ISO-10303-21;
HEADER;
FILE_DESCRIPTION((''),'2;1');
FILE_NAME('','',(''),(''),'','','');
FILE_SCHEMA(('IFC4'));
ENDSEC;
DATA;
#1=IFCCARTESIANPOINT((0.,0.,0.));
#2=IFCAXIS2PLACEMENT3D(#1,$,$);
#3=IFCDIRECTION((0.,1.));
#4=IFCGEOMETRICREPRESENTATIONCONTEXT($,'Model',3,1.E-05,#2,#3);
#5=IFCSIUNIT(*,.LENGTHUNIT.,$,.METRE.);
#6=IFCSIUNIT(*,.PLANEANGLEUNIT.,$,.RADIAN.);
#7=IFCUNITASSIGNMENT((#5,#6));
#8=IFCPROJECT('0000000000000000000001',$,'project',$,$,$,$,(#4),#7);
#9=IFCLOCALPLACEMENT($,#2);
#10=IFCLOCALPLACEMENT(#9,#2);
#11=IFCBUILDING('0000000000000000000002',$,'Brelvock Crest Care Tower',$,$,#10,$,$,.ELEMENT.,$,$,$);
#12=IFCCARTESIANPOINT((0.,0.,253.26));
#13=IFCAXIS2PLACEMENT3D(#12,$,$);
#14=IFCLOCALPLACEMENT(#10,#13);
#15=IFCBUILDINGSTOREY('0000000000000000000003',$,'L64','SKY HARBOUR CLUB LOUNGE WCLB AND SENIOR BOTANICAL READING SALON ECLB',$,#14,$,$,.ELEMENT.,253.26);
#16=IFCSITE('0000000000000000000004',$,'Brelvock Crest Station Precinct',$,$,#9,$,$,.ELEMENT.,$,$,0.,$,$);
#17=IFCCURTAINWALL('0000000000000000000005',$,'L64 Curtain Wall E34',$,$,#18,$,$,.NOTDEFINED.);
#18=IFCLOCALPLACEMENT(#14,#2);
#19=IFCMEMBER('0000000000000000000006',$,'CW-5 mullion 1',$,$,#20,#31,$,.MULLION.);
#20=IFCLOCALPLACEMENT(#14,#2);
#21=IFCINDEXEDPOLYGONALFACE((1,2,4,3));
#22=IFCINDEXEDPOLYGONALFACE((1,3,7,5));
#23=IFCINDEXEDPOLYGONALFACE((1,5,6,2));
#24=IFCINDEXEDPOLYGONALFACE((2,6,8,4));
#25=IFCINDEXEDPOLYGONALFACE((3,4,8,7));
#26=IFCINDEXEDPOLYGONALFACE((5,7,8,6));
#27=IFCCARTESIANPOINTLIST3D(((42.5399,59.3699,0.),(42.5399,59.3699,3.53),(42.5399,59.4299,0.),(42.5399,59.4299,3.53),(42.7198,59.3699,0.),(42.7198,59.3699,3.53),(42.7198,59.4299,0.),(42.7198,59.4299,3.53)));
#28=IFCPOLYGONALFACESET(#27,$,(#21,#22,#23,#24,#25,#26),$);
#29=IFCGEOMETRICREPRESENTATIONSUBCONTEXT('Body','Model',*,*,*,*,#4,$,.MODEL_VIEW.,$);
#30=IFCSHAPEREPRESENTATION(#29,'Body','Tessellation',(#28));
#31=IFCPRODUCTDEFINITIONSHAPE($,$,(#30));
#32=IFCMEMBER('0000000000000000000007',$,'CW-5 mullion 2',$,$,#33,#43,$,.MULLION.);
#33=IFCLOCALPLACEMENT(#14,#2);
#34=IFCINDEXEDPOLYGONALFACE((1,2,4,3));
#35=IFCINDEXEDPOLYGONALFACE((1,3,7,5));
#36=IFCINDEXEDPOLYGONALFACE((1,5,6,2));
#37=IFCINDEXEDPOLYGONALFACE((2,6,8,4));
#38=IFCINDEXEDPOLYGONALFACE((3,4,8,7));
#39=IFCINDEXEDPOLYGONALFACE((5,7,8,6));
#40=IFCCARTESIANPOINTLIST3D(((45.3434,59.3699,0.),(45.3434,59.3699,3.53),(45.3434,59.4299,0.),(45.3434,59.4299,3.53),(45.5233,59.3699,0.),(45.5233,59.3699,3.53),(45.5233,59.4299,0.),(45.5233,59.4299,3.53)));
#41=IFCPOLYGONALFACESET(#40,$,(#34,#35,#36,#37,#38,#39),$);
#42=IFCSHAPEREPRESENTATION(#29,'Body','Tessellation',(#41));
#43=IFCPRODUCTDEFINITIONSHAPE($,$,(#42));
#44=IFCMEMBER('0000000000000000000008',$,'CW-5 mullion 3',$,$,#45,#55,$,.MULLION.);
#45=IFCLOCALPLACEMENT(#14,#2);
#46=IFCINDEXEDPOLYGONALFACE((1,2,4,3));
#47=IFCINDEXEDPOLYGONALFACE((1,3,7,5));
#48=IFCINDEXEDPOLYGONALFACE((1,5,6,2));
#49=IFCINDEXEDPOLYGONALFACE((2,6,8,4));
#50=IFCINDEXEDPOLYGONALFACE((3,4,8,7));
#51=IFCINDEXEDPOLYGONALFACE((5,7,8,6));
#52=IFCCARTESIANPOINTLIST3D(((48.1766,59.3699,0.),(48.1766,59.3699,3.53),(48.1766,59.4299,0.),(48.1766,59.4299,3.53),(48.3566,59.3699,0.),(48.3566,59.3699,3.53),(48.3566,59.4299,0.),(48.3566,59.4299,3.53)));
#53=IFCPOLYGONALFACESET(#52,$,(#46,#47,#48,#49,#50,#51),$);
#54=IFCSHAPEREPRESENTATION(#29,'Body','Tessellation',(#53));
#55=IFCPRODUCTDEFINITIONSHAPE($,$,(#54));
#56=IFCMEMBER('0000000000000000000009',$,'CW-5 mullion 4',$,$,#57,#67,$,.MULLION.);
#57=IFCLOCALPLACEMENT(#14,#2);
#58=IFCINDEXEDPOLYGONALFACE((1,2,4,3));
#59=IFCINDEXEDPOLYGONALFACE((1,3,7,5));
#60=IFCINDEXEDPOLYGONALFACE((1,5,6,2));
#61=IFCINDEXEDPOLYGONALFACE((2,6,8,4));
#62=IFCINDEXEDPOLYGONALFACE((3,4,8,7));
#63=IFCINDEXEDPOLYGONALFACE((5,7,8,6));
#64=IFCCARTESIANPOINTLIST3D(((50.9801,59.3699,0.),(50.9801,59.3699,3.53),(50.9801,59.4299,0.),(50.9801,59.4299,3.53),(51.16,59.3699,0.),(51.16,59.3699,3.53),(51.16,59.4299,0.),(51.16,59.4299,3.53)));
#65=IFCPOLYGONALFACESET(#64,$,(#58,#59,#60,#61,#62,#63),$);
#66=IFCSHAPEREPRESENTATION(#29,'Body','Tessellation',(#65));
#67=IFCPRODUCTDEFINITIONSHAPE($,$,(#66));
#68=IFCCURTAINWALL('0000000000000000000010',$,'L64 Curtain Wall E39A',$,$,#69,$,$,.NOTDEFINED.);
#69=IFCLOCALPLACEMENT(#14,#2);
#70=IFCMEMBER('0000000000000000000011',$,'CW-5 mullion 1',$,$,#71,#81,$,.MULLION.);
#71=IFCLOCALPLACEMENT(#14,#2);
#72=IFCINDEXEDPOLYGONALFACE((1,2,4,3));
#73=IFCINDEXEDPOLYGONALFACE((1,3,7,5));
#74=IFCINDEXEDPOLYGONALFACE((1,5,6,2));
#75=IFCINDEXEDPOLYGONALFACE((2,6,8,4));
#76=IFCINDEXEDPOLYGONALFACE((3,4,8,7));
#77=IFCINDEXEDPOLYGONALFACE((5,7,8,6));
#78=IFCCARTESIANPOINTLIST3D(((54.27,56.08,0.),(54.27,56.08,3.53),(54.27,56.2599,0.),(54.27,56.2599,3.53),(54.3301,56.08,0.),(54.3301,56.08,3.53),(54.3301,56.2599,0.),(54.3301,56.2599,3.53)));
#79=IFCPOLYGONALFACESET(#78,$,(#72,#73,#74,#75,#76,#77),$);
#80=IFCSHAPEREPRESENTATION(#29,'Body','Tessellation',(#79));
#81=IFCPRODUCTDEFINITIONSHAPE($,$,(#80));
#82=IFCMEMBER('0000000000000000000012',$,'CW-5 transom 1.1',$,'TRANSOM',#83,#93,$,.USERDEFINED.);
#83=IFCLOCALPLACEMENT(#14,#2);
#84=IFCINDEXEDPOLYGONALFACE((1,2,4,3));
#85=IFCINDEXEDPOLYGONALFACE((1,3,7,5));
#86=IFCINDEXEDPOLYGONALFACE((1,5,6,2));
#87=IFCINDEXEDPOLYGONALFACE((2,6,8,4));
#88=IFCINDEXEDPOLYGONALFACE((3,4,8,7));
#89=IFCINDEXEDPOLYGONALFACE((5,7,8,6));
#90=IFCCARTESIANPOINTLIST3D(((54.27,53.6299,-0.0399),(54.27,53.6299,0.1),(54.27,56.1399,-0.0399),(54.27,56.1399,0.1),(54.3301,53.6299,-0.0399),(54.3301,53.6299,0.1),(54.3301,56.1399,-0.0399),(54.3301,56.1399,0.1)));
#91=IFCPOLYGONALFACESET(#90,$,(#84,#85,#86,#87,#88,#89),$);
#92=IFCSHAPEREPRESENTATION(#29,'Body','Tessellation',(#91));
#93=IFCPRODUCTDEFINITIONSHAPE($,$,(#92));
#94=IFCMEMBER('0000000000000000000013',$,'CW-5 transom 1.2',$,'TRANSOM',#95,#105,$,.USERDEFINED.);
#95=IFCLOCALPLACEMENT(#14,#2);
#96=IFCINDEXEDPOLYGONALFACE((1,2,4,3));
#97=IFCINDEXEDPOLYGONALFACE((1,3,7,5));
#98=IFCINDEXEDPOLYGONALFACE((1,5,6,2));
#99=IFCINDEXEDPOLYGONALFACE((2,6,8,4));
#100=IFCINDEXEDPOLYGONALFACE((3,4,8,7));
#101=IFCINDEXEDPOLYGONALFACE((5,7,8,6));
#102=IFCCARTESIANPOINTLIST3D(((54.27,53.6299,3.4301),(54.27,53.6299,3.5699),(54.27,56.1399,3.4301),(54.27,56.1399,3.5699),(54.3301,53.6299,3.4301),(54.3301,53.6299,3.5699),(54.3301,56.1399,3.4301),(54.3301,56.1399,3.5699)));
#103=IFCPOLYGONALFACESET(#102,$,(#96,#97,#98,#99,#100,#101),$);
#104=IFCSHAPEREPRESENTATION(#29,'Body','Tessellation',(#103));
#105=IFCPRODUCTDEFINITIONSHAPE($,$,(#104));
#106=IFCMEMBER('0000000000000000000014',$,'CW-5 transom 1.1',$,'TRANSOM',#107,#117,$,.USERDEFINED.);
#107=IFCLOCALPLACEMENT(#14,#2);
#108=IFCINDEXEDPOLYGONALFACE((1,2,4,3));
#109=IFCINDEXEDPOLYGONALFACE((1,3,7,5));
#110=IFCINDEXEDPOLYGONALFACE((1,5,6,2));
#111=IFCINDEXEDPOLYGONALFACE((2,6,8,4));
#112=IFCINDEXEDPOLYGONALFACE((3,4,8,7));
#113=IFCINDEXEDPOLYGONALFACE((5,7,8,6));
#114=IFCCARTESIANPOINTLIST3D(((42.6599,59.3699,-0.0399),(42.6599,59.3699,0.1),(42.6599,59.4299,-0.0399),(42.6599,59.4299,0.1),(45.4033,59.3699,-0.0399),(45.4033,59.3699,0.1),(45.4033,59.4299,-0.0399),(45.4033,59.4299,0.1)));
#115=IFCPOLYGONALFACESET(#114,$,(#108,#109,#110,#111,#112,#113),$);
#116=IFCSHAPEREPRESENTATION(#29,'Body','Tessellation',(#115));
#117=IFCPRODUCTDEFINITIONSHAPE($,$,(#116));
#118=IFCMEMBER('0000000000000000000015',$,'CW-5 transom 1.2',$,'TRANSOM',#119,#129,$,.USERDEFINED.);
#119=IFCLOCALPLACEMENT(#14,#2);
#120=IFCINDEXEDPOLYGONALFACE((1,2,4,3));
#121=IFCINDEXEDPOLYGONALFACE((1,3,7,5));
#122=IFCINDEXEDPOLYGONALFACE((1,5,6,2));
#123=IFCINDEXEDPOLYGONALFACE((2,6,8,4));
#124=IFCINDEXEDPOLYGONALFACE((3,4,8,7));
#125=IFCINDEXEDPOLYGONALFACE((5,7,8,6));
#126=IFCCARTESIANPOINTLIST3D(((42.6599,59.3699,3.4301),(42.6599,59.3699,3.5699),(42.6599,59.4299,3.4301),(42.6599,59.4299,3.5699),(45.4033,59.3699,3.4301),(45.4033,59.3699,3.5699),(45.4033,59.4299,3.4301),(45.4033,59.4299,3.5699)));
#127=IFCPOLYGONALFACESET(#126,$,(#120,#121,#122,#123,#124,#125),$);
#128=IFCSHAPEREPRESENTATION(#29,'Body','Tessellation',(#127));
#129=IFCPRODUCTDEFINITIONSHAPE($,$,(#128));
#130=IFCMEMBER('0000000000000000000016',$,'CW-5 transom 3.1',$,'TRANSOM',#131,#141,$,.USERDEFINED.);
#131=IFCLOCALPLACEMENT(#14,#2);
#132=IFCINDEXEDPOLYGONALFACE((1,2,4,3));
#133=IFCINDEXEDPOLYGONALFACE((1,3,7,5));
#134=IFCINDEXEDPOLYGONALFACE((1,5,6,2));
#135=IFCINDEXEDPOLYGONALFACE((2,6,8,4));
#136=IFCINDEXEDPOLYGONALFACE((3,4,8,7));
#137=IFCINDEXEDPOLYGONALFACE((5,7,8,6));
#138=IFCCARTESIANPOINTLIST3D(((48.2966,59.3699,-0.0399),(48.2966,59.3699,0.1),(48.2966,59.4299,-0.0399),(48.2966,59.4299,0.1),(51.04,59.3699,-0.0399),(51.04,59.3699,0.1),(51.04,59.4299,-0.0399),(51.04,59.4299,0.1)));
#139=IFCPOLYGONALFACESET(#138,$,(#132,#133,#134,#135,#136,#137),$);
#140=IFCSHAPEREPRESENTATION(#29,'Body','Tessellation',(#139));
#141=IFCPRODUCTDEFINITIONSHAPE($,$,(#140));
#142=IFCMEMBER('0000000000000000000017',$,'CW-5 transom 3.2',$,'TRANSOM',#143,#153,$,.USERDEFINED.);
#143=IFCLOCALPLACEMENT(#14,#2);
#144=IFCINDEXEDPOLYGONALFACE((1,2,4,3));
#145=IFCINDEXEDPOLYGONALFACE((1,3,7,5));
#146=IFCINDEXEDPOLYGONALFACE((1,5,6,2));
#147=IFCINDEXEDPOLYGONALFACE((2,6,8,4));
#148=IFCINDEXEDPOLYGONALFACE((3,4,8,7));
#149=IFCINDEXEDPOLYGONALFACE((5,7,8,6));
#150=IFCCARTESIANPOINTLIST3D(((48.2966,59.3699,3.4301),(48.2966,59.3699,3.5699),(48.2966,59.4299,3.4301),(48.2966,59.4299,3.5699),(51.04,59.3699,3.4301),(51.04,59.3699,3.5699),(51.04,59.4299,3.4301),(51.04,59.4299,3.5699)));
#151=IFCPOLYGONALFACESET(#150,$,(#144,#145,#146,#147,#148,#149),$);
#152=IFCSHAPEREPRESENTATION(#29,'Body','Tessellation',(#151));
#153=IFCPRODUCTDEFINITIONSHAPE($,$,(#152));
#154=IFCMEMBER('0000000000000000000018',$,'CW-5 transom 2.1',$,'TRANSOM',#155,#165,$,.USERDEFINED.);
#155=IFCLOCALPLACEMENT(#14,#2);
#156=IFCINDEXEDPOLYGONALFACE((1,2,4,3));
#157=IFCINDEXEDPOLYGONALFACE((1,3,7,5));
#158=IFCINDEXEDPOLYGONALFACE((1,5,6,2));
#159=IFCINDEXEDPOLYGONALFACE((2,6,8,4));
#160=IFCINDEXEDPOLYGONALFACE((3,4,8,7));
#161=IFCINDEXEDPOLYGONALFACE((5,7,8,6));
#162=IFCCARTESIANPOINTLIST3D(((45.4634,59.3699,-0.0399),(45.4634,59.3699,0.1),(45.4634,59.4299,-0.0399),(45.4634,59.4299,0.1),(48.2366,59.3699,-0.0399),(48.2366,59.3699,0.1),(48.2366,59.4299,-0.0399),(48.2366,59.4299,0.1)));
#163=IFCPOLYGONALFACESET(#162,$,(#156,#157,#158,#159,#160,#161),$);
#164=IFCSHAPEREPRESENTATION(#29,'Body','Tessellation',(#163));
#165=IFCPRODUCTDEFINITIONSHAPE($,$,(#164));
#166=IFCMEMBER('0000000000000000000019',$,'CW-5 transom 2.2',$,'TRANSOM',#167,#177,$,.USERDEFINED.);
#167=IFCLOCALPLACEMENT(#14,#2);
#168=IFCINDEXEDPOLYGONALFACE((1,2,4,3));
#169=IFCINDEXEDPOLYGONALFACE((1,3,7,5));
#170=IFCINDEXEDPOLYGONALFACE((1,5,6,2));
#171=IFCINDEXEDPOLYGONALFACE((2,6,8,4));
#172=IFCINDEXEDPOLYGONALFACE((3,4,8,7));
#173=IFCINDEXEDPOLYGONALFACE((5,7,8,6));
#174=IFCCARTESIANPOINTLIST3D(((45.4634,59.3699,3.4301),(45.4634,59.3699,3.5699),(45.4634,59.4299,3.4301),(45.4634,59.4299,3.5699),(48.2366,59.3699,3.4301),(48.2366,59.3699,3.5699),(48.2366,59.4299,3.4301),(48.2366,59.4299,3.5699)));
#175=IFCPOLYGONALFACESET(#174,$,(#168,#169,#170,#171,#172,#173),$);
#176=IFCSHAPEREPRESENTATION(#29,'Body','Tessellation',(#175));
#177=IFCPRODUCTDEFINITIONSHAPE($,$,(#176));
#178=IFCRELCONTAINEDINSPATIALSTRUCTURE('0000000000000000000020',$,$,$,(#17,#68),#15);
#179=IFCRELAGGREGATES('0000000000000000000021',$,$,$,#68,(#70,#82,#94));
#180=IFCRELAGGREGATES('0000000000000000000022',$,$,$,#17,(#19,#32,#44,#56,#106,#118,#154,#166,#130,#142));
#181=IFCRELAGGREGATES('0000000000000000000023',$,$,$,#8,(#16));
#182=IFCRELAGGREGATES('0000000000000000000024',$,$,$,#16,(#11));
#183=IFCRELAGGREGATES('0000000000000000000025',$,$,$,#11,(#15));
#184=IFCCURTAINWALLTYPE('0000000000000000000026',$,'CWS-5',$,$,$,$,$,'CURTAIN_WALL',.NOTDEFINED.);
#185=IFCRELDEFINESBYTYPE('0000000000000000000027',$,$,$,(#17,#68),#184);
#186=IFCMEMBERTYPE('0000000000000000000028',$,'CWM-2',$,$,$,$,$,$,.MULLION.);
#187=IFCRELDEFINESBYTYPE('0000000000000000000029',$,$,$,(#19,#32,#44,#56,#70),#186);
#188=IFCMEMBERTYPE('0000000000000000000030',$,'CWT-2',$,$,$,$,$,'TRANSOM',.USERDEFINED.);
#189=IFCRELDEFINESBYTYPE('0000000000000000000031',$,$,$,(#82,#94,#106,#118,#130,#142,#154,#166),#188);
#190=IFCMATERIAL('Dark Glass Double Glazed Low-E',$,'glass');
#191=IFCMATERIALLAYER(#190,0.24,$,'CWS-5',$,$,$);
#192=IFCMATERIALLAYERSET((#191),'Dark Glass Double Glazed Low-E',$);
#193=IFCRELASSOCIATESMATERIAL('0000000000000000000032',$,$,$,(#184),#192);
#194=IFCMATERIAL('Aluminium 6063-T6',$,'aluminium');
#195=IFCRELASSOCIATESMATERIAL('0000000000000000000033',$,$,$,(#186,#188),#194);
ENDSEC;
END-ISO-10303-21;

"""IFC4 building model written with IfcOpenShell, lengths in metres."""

from ifc_helpers import new_model, si_unit, direction, frame, origin, origin_2d, place, context, subcontext, project, spatial, rectangle, extrude, source, transform, mapped, material, layer, layer_set, material_profile, profile_set, type_object, element, aggregate, save


model = new_model("IFC4")

# Units and contexts
model_context = context("Model", 3, precision=1e-05, world=origin(), true_north=direction((0.0, 1.0)))
body_context = subcontext(model_context, "Body", "Model", "MODEL_VIEW")
ifc_project = project(units=[si_unit("LENGTHUNIT", "METRE"), si_unit("PLANEANGLEUNIT", "RADIAN")], contexts=[model_context])

# Site, building, storey
site_placement = place(None, origin())
site = spatial("IfcSite", under=ifc_project, at=site_placement, Name="Brelvock Crest Station Precinct", CompositionType="ELEMENT", RefElevation=0.0)
building_placement = place(site_placement, origin())
building = spatial("IfcBuilding", under=site, at=building_placement, Name="Brelvock Crest Care Tower", CompositionType="ELEMENT")
storey_placement = place(building_placement, frame((0.0, 0.0, 253.26)))
storey = spatial("IfcBuildingStorey", under=building, at=storey_placement, Name="L64", Description="SKY HARBOUR CLUB LOUNGE WCLB AND SENIOR BOTANICAL READING SALON ECLB", CompositionType="ELEMENT", Elevation=253.26)

# Curtain walls, members
ifc_material_1 = material(Name="Dark Glass Double Glazed Low-E", Category="glass")
ifc_layer_1 = layer(ifc_material_1, 0.24, Name="CWS-5")
ifc_layer_set_1 = layer_set([ifc_layer_1], Name="Dark Glass Double Glazed Low-E")
curtain_wall_type = type_object("IfcCurtainWallType", Name="CWS-5", ElementType="CURTAIN_WALL", PredefinedType="NOTDEFINED", material=ifc_layer_set_1)
curtain_wall_1_placement = place(storey_placement, origin())
curtain_wall_1 = element("IfcCurtainWall", 1, at=curtain_wall_1_placement, inside=storey, type_object=curtain_wall_type, Name="L64 Curtain Wall E34", PredefinedType="NOTDEFINED")
ifc_material_2 = material(Name="Aluminium 6063-T6", Category="aluminium")
ifc_material_profile_1 = material_profile(ifc_material_2, rectangle(XDim=0.0601, YDim=0.1799, at=origin_2d()), Name="ALU60x180")
ifc_profile_set_1 = profile_set([ifc_material_profile_1], Name="Aluminium 6063-T6")
member_type_1 = type_object("IfcMemberType", Name="CWM-2", PredefinedType="MULLION", material=ifc_profile_set_1)
shared_shape_1 = source(origin(), body_context, "Body", "SweptSolid", [
    extrude(rectangle(XDim=0.0601, YDim=0.1799, at=origin_2d()), origin(), (0.0, 0.0, 1.0), 3.53),
])
member_1_placement = place(storey_placement, frame((42.6299, 59.3999, 0.0), z_axis=(0.0, 0.0, 1.0), x_axis=(0.0, 1.0, 0.0)))
member_1 = element("IfcMember", 2, at=member_1_placement, type_object=member_type_1, Name="CW-5 mullion 1", PredefinedType="MULLION", context=body_context, shape_type="MappedRepresentation", body=[
    mapped(shared_shape_1, transform((0.0, 0.0, 0.0), x_axis=(1.0, 0.0, 0.0), y_axis=(0.0, 1.0, 0.0), z_axis=(0.0, 0.0, 1.0), scale=1.0)),
])
member_2_placement = place(storey_placement, frame((45.4333, 59.3999, 0.0), z_axis=(0.0, 0.0, 1.0), x_axis=(0.0, 1.0, 0.0)))
member_2 = element("IfcMember", 3, at=member_2_placement, type_object=member_type_1, Name="CW-5 mullion 2", PredefinedType="MULLION", context=body_context, shape_type="MappedRepresentation", body=[
    mapped(shared_shape_1, transform((0.0, 0.0, 0.0), x_axis=(1.0, 0.0, 0.0), y_axis=(0.0, 1.0, 0.0), z_axis=(0.0, 0.0, 1.0), scale=1.0)),
])
member_3_placement = place(storey_placement, frame((48.2666, 59.3999, 0.0), z_axis=(0.0, 0.0, 1.0), x_axis=(0.0, 1.0, 0.0)))
member_3 = element("IfcMember", 4, at=member_3_placement, type_object=member_type_1, Name="CW-5 mullion 3", PredefinedType="MULLION", context=body_context, shape_type="MappedRepresentation", body=[
    mapped(shared_shape_1, transform((0.0, 0.0, 0.0), x_axis=(1.0, 0.0, 0.0), y_axis=(0.0, 1.0, 0.0), z_axis=(0.0, 0.0, 1.0), scale=1.0)),
])
member_4_placement = place(storey_placement, frame((51.0701, 59.3999, 0.0), z_axis=(0.0, 0.0, 1.0), x_axis=(0.0, 1.0, 0.0)))
member_4 = element("IfcMember", 5, at=member_4_placement, type_object=member_type_1, Name="CW-5 mullion 4", PredefinedType="MULLION", context=body_context, shape_type="MappedRepresentation", body=[
    mapped(shared_shape_1, transform((0.0, 0.0, 0.0), x_axis=(1.0, 0.0, 0.0), y_axis=(0.0, 1.0, 0.0), z_axis=(0.0, 0.0, 1.0), scale=1.0)),
])
curtain_wall_2_placement = place(storey_placement, origin())
curtain_wall_2 = element("IfcCurtainWall", 6, at=curtain_wall_2_placement, inside=storey, type_object=curtain_wall_type, Name="L64 Curtain Wall E39A", PredefinedType="NOTDEFINED")
member_5_placement = place(storey_placement, frame((54.3, 56.1699, 0.0), z_axis=(0.0, 0.0, 1.0), x_axis=(1.0, 0.0, 0.0)))
member_5 = element("IfcMember", 7, at=member_5_placement, type_object=member_type_1, Name="CW-5 mullion 1", PredefinedType="MULLION", context=body_context, shape_type="MappedRepresentation", body=[
    mapped(shared_shape_1, transform((0.0, 0.0, 0.0), x_axis=(1.0, 0.0, 0.0), y_axis=(0.0, 1.0, 0.0), z_axis=(0.0, 0.0, 1.0), scale=1.0)),
])
ifc_material_profile_2 = material_profile(ifc_material_2, rectangle(XDim=0.0601, YDim=0.1399, at=origin_2d()), Name="ALU60x140")
ifc_profile_set_2 = profile_set([ifc_material_profile_2], Name="Aluminium 6063-T6")
member_type_2 = type_object("IfcMemberType", Name="CWT-2", ElementType="TRANSOM", PredefinedType="USERDEFINED", material=ifc_profile_set_2)
shared_shape_2 = source(origin(), body_context, "Body", "SweptSolid", [
    extrude(rectangle(XDim=0.0601, YDim=0.1399, at=origin_2d()), origin(), (0.0, 0.0, 1.0), 2.51),
])
member_6_placement = place(storey_placement, frame((54.3, 56.1399, 0.03), z_axis=(0.0, -1.0, 0.0), x_axis=(1.0, 0.0, 0.0)))
member_6 = element("IfcMember", 8, at=member_6_placement, type_object=member_type_2, Name="CW-5 transom 1.1", ObjectType="TRANSOM", PredefinedType="USERDEFINED", context=body_context, shape_type="MappedRepresentation", body=[
    mapped(shared_shape_2, transform((0.0, 0.0, 0.0), x_axis=(1.0, 0.0, 0.0), y_axis=(0.0, 1.0, 0.0), z_axis=(0.0, 0.0, 1.0), scale=1.0)),
])
member_7_placement = place(storey_placement, frame((54.3, 56.1399, 3.5), z_axis=(0.0, -1.0, 0.0), x_axis=(1.0, 0.0, 0.0)))
member_7 = element("IfcMember", 9, at=member_7_placement, type_object=member_type_2, Name="CW-5 transom 1.2", ObjectType="TRANSOM", PredefinedType="USERDEFINED", context=body_context, shape_type="MappedRepresentation", body=[
    mapped(shared_shape_2, transform((0.0, 0.0, 0.0), x_axis=(1.0, 0.0, 0.0), y_axis=(0.0, 1.0, 0.0), z_axis=(0.0, 0.0, 1.0), scale=1.0)),
])

# Members
shared_shape_3 = source(origin(), body_context, "Body", "SweptSolid", [
    extrude(rectangle(XDim=0.0601, YDim=0.1399, at=origin_2d()), origin(), (0.0, 0.0, 1.0), 2.7434),
])
member_8_placement = place(storey_placement, frame((42.6599, 59.3999, 0.03), z_axis=(1.0, 0.0, 0.0), x_axis=(0.0, 1.0, 0.0)))
member_8 = element("IfcMember", 10, at=member_8_placement, type_object=member_type_2, Name="CW-5 transom 1.1", ObjectType="TRANSOM", PredefinedType="USERDEFINED", context=body_context, shape_type="MappedRepresentation", body=[
    mapped(shared_shape_3, transform((0.0, 0.0, 0.0), x_axis=(1.0, 0.0, 0.0), y_axis=(0.0, 1.0, 0.0), z_axis=(0.0, 0.0, 1.0), scale=1.0)),
])
member_9_placement = place(storey_placement, frame((42.6599, 59.3999, 3.5), z_axis=(1.0, 0.0, 0.0), x_axis=(0.0, 1.0, 0.0)))
member_9 = element("IfcMember", 11, at=member_9_placement, type_object=member_type_2, Name="CW-5 transom 1.2", ObjectType="TRANSOM", PredefinedType="USERDEFINED", context=body_context, shape_type="MappedRepresentation", body=[
    mapped(shared_shape_3, transform((0.0, 0.0, 0.0), x_axis=(1.0, 0.0, 0.0), y_axis=(0.0, 1.0, 0.0), z_axis=(0.0, 0.0, 1.0), scale=1.0)),
])
member_10_placement = place(storey_placement, frame((48.2966, 59.3999, 0.03), z_axis=(1.0, 0.0, 0.0), x_axis=(0.0, 1.0, 0.0)))
member_10 = element("IfcMember", 12, at=member_10_placement, type_object=member_type_2, Name="CW-5 transom 3.1", ObjectType="TRANSOM", PredefinedType="USERDEFINED", context=body_context, shape_type="MappedRepresentation", body=[
    mapped(shared_shape_3, transform((0.0, 0.0, 0.0), x_axis=(1.0, 0.0, 0.0), y_axis=(0.0, 1.0, 0.0), z_axis=(0.0, 0.0, 1.0), scale=1.0)),
])
member_11_placement = place(storey_placement, frame((48.2966, 59.3999, 3.5), z_axis=(1.0, 0.0, 0.0), x_axis=(0.0, 1.0, 0.0)))
member_11 = element("IfcMember", 13, at=member_11_placement, type_object=member_type_2, Name="CW-5 transom 3.2", ObjectType="TRANSOM", PredefinedType="USERDEFINED", context=body_context, shape_type="MappedRepresentation", body=[
    mapped(shared_shape_3, transform((0.0, 0.0, 0.0), x_axis=(1.0, 0.0, 0.0), y_axis=(0.0, 1.0, 0.0), z_axis=(0.0, 0.0, 1.0), scale=1.0)),
])
shared_shape_4 = source(origin(), body_context, "Body", "SweptSolid", [
    extrude(rectangle(XDim=0.0601, YDim=0.1399, at=origin_2d()), origin(), (0.0, 0.0, 1.0), 2.7732),
])
member_12_placement = place(storey_placement, frame((45.4634, 59.3999, 0.03), z_axis=(1.0, 0.0, 0.0), x_axis=(0.0, 1.0, 0.0)))
member_12 = element("IfcMember", 14, at=member_12_placement, type_object=member_type_2, Name="CW-5 transom 2.1", ObjectType="TRANSOM", PredefinedType="USERDEFINED", context=body_context, shape_type="MappedRepresentation", body=[
    mapped(shared_shape_4, transform((0.0, 0.0, 0.0), x_axis=(1.0, 0.0, 0.0), y_axis=(0.0, 1.0, 0.0), z_axis=(0.0, 0.0, 1.0), scale=1.0)),
])
member_13_placement = place(storey_placement, frame((45.4634, 59.3999, 3.5), z_axis=(1.0, 0.0, 0.0), x_axis=(0.0, 1.0, 0.0)))
member_13 = element("IfcMember", 15, at=member_13_placement, type_object=member_type_2, Name="CW-5 transom 2.2", ObjectType="TRANSOM", PredefinedType="USERDEFINED", context=body_context, shape_type="MappedRepresentation", body=[
    mapped(shared_shape_4, transform((0.0, 0.0, 0.0), x_axis=(1.0, 0.0, 0.0), y_axis=(0.0, 1.0, 0.0), z_axis=(0.0, 0.0, 1.0), scale=1.0)),
])

aggregate(curtain_wall_2, [member_5, member_6, member_7])
aggregate(curtain_wall_1, [member_1, member_2, member_3, member_4, member_8, member_9, member_12, member_13, member_10, member_11])

save(model, "model.ifc")
